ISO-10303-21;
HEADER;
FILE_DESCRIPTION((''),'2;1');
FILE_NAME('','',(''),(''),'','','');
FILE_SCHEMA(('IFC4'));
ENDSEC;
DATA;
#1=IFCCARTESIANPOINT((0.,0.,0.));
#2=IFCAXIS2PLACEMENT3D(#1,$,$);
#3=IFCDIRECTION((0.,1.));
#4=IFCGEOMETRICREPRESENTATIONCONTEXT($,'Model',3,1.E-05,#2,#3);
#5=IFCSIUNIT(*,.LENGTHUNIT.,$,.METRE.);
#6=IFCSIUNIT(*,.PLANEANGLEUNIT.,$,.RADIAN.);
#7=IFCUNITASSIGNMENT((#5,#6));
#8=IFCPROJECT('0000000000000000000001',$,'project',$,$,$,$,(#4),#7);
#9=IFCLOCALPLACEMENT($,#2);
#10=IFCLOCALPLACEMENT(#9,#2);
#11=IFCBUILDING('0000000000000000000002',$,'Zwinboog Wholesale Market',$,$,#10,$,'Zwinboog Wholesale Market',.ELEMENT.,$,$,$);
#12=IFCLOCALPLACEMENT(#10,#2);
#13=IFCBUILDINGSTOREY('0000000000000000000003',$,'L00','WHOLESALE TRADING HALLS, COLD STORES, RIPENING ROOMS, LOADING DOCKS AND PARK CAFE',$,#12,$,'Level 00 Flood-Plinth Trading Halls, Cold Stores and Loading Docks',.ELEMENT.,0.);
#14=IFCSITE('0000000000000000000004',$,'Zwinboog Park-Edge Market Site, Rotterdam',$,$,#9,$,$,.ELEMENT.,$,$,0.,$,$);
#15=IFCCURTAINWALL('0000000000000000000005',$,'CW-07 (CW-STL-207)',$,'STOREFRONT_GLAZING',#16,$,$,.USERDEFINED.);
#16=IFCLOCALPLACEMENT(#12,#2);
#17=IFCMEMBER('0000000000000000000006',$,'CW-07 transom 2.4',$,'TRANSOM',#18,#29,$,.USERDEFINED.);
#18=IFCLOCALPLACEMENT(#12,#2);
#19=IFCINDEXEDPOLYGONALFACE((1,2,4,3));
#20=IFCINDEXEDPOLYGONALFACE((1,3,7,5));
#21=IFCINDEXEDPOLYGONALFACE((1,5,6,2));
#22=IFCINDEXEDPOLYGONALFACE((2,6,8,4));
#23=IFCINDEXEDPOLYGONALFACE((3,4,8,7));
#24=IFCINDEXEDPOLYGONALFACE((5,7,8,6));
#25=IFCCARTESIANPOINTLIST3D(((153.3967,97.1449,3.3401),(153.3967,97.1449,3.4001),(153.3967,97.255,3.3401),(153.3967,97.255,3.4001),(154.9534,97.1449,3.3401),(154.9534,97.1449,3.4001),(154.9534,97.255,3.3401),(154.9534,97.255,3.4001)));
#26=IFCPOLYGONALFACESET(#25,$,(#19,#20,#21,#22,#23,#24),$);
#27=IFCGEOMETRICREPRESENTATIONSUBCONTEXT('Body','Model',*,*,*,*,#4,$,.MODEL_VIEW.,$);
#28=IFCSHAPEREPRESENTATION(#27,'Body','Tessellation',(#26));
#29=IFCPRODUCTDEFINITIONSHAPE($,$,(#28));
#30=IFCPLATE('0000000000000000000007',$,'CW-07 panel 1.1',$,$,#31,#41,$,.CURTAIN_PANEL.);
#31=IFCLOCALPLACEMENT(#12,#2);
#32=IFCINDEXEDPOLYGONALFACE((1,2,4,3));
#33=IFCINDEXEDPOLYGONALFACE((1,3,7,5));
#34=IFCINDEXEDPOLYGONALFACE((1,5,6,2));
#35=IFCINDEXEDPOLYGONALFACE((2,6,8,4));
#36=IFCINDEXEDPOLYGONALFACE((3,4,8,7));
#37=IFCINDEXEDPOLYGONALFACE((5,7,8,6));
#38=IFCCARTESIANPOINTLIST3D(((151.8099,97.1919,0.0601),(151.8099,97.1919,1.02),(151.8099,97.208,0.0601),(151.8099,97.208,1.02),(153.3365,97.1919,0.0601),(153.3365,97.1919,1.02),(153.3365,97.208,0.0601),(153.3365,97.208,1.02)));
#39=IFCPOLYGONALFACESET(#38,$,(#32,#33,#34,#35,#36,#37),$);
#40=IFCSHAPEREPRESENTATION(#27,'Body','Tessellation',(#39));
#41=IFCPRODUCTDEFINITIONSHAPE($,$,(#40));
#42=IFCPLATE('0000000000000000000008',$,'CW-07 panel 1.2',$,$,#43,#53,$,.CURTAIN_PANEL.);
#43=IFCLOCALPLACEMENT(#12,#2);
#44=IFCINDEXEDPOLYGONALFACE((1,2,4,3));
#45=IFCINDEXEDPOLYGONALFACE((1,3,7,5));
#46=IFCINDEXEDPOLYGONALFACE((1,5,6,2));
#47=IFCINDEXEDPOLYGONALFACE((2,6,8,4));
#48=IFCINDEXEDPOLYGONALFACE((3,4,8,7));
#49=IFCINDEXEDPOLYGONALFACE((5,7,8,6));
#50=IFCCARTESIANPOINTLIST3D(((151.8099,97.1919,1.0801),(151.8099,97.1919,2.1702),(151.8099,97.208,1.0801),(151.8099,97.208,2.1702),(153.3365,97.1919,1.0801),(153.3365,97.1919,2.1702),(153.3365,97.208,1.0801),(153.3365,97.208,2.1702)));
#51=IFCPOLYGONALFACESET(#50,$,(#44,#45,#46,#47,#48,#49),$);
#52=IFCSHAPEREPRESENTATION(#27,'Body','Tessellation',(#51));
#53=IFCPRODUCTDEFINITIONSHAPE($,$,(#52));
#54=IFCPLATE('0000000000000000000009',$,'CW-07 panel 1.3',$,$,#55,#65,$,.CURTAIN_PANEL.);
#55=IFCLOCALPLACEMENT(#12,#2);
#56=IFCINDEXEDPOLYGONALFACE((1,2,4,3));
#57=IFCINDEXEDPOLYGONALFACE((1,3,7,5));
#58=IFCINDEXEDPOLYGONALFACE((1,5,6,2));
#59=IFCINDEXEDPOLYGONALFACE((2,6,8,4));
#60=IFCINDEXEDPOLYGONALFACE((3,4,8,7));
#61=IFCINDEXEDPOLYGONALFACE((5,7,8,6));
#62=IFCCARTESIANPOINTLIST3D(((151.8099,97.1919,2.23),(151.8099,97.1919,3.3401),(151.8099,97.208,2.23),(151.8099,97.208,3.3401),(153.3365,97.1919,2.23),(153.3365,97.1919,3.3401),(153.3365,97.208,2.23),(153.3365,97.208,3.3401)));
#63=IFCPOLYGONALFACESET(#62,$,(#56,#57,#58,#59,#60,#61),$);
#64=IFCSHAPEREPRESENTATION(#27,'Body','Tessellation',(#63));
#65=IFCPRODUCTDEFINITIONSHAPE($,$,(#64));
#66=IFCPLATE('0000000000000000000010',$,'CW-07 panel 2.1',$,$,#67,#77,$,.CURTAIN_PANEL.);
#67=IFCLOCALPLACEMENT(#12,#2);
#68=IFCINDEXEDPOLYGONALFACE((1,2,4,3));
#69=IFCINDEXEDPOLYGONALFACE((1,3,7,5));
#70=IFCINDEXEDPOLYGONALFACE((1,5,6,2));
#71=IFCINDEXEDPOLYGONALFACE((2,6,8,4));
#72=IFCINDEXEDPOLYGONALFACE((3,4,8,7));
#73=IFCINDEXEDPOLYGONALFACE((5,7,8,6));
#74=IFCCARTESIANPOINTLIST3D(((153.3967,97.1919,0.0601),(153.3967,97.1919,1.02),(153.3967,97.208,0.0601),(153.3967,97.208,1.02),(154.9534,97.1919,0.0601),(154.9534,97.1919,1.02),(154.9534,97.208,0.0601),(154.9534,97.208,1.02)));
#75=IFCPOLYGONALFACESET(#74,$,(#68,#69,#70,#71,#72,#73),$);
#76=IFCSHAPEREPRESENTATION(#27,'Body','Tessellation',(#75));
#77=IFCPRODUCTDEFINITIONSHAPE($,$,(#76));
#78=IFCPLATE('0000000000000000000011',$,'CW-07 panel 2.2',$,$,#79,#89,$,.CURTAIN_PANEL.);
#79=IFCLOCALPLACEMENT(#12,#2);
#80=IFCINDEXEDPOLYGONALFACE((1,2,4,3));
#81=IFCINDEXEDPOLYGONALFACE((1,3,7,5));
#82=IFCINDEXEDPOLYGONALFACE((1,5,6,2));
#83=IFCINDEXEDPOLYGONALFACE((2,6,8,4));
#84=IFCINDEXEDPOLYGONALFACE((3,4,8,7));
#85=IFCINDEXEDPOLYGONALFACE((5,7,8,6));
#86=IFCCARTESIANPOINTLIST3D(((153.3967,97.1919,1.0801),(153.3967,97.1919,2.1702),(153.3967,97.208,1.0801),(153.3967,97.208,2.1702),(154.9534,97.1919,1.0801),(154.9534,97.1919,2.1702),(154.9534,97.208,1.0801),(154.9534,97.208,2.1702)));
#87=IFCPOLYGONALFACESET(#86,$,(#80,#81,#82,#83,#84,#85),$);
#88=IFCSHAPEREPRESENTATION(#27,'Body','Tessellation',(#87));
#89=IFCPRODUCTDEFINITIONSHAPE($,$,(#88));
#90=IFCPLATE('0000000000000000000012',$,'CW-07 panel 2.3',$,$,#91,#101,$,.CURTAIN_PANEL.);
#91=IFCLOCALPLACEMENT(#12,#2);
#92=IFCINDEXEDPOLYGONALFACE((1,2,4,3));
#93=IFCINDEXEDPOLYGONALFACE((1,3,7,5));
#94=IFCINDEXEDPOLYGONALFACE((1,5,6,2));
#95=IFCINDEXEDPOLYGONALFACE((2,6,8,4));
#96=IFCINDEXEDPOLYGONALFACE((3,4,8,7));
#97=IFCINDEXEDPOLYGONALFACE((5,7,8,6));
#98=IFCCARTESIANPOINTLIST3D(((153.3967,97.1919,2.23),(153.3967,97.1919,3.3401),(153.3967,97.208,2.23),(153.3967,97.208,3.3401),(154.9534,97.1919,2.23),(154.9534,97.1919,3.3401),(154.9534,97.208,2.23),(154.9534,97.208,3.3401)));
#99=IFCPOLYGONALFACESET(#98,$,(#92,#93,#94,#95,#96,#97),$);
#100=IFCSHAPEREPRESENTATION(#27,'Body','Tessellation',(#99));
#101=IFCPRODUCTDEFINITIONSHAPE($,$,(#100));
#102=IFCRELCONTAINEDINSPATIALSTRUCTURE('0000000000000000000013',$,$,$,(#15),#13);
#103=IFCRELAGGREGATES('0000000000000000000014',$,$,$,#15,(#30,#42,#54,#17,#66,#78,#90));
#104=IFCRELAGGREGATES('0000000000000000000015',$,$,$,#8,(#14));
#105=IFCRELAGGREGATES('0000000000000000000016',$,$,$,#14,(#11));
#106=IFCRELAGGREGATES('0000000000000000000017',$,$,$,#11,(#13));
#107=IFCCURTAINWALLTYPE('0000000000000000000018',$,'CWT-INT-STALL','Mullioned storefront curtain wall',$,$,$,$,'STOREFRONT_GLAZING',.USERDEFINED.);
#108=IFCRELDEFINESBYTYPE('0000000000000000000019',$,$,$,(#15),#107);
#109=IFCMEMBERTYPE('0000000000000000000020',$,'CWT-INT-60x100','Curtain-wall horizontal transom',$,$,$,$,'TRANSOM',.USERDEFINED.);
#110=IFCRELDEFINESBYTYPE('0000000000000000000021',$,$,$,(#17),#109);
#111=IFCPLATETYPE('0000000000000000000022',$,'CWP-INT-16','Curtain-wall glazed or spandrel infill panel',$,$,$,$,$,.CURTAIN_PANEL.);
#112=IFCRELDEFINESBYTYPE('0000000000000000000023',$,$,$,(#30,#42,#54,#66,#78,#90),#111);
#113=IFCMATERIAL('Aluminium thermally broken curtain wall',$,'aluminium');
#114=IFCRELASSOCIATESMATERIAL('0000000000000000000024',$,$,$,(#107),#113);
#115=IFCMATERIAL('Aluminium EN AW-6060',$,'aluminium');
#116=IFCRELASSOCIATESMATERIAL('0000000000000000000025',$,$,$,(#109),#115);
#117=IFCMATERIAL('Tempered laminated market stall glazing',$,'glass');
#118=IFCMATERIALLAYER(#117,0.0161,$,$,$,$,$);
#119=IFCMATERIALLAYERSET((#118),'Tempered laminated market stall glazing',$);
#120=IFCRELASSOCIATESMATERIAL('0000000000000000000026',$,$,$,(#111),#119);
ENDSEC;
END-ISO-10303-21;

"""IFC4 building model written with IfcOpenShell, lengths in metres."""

from ifc_helpers import new_model, si_unit, direction, frame, origin, origin_2d, place, context, subcontext, project, spatial, rectangle, extrude, material, layer, layer_set, material_profile, profile_set, type_object, element, aggregate, save


model = new_model("IFC4")

# Units and contexts
model_context = context("Model", 3, precision=1e-05, world=origin(), true_north=direction((0.0, 1.0)))
body_context = subcontext(model_context, "Body", "Model", "MODEL_VIEW")
ifc_project = project(units=[si_unit("LENGTHUNIT", "METRE"), si_unit("PLANEANGLEUNIT", "RADIAN")], contexts=[model_context])

# Site, building, storey
site_placement = place(None, origin())
site = spatial("IfcSite", under=ifc_project, at=site_placement, Name="Zwinboog Park-Edge Market Site, Rotterdam", CompositionType="ELEMENT", RefElevation=0.0)
building_placement = place(site_placement, origin())
building = spatial("IfcBuilding", under=site, at=building_placement, Name="Zwinboog Wholesale Market", LongName="Zwinboog Wholesale Market", CompositionType="ELEMENT")
storey_placement = place(building_placement, origin())
storey = spatial("IfcBuildingStorey", under=building, at=storey_placement, Name="L00", Description="WHOLESALE TRADING HALLS, COLD STORES, RIPENING ROOMS, LOADING DOCKS AND PARK CAFE", LongName="Level 00 Flood-Plinth Trading Halls, Cold Stores and Loading Docks", CompositionType="ELEMENT", Elevation=0.0)

# Curtain wall, member, plates
ifc_material_1 = material(Name="Aluminium thermally broken curtain wall", Category="aluminium")
curtain_wall_type = type_object("IfcCurtainWallType", Name="CWT-INT-STALL", Description="Mullioned storefront curtain wall", ElementType="STOREFRONT_GLAZING", PredefinedType="USERDEFINED", material=ifc_material_1)
curtain_wall_placement = place(storey_placement, origin())
curtain_wall = element("IfcCurtainWall", 1, at=curtain_wall_placement, inside=storey, type_object=curtain_wall_type, Name="CW-07 (CW-STL-207)", ObjectType="STOREFRONT_GLAZING", PredefinedType="USERDEFINED")
ifc_material_2 = material(Name="Aluminium EN AW-6060", Category="aluminium")
ifc_material_profile_1 = material_profile(ifc_material_2, rectangle(XDim=0.1101, YDim=0.0601, at=origin_2d()), Name="AL 60x110")
ifc_profile_set_1 = profile_set([ifc_material_profile_1], Name="Aluminium EN AW-6060")
member_type_1 = type_object("IfcMemberType", Name="CWT-INT-60x100", Description="Curtain-wall horizontal transom", ElementType="TRANSOM", PredefinedType="USERDEFINED", material=ifc_profile_set_1)
member_1_placement = place(storey_placement, frame((153.3967, 97.2, 3.3701), z_axis=(1.0, 0.0, 0.0), x_axis=(0.0, 1.0, 0.0)))
member_1 = element("IfcMember", 2, at=member_1_placement, type_object=member_type_1, Name="CW-07 transom 2.4", ObjectType="TRANSOM", PredefinedType="USERDEFINED", context=body_context, shape_type="SweptSolid", body=[
    extrude(rectangle(XDim=0.1101, YDim=0.0601, at=origin_2d()), origin(), (0.0, 0.0, 1.0), 1.5566),
])
ifc_material_3 = material(Name="Tempered laminated market stall glazing", Category="glass")
ifc_layer = layer(ifc_material_3, 0.0161)
ifc_layer_set = layer_set([ifc_layer], Name="Tempered laminated market stall glazing")
plate_type = type_object("IfcPlateType", Name="CWP-INT-16", Description="Curtain-wall glazed or spandrel infill panel", PredefinedType="CURTAIN_PANEL", material=ifc_layer_set)
plate_1_placement = place(storey_placement, frame((152.5732, 97.2, 0.0601), z_axis=(0.0, 0.0, 1.0), x_axis=(1.0, 0.0, 0.0)))
plate_1 = element("IfcPlate", 3, at=plate_1_placement, type_object=plate_type, Name="CW-07 panel 1.1", PredefinedType="CURTAIN_PANEL", context=body_context, shape_type="SweptSolid", body=[
    extrude(rectangle(XDim=1.5266, YDim=0.0161, at=origin_2d()), origin(), (0.0, 0.0, 1.0), 0.96),
])
plate_2_placement = place(storey_placement, frame((152.5732, 97.2, 1.0801), z_axis=(0.0, 0.0, 1.0), x_axis=(1.0, 0.0, 0.0)))
plate_2 = element("IfcPlate", 4, at=plate_2_placement, type_object=plate_type, Name="CW-07 panel 1.2", PredefinedType="CURTAIN_PANEL", context=body_context, shape_type="SweptSolid", body=[
    extrude(rectangle(XDim=1.5266, YDim=0.0161, at=origin_2d()), origin(), (0.0, 0.0, 1.0), 1.0901),
])
plate_3_placement = place(storey_placement, frame((152.5732, 97.2, 2.23), z_axis=(0.0, 0.0, 1.0), x_axis=(1.0, 0.0, 0.0)))
plate_3 = element("IfcPlate", 5, at=plate_3_placement, type_object=plate_type, Name="CW-07 panel 1.3", PredefinedType="CURTAIN_PANEL", context=body_context, shape_type="SweptSolid", body=[
    extrude(rectangle(XDim=1.5266, YDim=0.0161, at=origin_2d()), origin(), (0.0, 0.0, 1.0), 1.1101),
])
plate_4_placement = place(storey_placement, frame((154.175, 97.2, 0.0601), z_axis=(0.0, 0.0, 1.0), x_axis=(1.0, 0.0, 0.0)))
plate_4 = element("IfcPlate", 6, at=plate_4_placement, type_object=plate_type, Name="CW-07 panel 2.1", PredefinedType="CURTAIN_PANEL", context=body_context, shape_type="SweptSolid", body=[
    extrude(rectangle(XDim=1.5566, YDim=0.0161, at=origin_2d()), origin(), (0.0, 0.0, 1.0), 0.96),
])
plate_5_placement = place(storey_placement, frame((154.175, 97.2, 1.0801), z_axis=(0.0, 0.0, 1.0), x_axis=(1.0, 0.0, 0.0)))
plate_5 = element("IfcPlate", 7, at=plate_5_placement, type_object=plate_type, Name="CW-07 panel 2.2", PredefinedType="CURTAIN_PANEL", context=body_context, shape_type="SweptSolid", body=[
    extrude(rectangle(XDim=1.5566, YDim=0.0161, at=origin_2d()), origin(), (0.0, 0.0, 1.0), 1.0901),
])
plate_6_placement = place(storey_placement, frame((154.175, 97.2, 2.23), z_axis=(0.0, 0.0, 1.0), x_axis=(1.0, 0.0, 0.0)))
plate_6 = element("IfcPlate", 8, at=plate_6_placement, type_object=plate_type, Name="CW-07 panel 2.3", PredefinedType="CURTAIN_PANEL", context=body_context, shape_type="SweptSolid", body=[
    extrude(rectangle(XDim=1.5566, YDim=0.0161, at=origin_2d()), origin(), (0.0, 0.0, 1.0), 1.1101),
])
aggregate(curtain_wall, [plate_1, plate_2, plate_3, member_1, plate_4, plate_5, plate_6])

save(model, "model.ifc")
